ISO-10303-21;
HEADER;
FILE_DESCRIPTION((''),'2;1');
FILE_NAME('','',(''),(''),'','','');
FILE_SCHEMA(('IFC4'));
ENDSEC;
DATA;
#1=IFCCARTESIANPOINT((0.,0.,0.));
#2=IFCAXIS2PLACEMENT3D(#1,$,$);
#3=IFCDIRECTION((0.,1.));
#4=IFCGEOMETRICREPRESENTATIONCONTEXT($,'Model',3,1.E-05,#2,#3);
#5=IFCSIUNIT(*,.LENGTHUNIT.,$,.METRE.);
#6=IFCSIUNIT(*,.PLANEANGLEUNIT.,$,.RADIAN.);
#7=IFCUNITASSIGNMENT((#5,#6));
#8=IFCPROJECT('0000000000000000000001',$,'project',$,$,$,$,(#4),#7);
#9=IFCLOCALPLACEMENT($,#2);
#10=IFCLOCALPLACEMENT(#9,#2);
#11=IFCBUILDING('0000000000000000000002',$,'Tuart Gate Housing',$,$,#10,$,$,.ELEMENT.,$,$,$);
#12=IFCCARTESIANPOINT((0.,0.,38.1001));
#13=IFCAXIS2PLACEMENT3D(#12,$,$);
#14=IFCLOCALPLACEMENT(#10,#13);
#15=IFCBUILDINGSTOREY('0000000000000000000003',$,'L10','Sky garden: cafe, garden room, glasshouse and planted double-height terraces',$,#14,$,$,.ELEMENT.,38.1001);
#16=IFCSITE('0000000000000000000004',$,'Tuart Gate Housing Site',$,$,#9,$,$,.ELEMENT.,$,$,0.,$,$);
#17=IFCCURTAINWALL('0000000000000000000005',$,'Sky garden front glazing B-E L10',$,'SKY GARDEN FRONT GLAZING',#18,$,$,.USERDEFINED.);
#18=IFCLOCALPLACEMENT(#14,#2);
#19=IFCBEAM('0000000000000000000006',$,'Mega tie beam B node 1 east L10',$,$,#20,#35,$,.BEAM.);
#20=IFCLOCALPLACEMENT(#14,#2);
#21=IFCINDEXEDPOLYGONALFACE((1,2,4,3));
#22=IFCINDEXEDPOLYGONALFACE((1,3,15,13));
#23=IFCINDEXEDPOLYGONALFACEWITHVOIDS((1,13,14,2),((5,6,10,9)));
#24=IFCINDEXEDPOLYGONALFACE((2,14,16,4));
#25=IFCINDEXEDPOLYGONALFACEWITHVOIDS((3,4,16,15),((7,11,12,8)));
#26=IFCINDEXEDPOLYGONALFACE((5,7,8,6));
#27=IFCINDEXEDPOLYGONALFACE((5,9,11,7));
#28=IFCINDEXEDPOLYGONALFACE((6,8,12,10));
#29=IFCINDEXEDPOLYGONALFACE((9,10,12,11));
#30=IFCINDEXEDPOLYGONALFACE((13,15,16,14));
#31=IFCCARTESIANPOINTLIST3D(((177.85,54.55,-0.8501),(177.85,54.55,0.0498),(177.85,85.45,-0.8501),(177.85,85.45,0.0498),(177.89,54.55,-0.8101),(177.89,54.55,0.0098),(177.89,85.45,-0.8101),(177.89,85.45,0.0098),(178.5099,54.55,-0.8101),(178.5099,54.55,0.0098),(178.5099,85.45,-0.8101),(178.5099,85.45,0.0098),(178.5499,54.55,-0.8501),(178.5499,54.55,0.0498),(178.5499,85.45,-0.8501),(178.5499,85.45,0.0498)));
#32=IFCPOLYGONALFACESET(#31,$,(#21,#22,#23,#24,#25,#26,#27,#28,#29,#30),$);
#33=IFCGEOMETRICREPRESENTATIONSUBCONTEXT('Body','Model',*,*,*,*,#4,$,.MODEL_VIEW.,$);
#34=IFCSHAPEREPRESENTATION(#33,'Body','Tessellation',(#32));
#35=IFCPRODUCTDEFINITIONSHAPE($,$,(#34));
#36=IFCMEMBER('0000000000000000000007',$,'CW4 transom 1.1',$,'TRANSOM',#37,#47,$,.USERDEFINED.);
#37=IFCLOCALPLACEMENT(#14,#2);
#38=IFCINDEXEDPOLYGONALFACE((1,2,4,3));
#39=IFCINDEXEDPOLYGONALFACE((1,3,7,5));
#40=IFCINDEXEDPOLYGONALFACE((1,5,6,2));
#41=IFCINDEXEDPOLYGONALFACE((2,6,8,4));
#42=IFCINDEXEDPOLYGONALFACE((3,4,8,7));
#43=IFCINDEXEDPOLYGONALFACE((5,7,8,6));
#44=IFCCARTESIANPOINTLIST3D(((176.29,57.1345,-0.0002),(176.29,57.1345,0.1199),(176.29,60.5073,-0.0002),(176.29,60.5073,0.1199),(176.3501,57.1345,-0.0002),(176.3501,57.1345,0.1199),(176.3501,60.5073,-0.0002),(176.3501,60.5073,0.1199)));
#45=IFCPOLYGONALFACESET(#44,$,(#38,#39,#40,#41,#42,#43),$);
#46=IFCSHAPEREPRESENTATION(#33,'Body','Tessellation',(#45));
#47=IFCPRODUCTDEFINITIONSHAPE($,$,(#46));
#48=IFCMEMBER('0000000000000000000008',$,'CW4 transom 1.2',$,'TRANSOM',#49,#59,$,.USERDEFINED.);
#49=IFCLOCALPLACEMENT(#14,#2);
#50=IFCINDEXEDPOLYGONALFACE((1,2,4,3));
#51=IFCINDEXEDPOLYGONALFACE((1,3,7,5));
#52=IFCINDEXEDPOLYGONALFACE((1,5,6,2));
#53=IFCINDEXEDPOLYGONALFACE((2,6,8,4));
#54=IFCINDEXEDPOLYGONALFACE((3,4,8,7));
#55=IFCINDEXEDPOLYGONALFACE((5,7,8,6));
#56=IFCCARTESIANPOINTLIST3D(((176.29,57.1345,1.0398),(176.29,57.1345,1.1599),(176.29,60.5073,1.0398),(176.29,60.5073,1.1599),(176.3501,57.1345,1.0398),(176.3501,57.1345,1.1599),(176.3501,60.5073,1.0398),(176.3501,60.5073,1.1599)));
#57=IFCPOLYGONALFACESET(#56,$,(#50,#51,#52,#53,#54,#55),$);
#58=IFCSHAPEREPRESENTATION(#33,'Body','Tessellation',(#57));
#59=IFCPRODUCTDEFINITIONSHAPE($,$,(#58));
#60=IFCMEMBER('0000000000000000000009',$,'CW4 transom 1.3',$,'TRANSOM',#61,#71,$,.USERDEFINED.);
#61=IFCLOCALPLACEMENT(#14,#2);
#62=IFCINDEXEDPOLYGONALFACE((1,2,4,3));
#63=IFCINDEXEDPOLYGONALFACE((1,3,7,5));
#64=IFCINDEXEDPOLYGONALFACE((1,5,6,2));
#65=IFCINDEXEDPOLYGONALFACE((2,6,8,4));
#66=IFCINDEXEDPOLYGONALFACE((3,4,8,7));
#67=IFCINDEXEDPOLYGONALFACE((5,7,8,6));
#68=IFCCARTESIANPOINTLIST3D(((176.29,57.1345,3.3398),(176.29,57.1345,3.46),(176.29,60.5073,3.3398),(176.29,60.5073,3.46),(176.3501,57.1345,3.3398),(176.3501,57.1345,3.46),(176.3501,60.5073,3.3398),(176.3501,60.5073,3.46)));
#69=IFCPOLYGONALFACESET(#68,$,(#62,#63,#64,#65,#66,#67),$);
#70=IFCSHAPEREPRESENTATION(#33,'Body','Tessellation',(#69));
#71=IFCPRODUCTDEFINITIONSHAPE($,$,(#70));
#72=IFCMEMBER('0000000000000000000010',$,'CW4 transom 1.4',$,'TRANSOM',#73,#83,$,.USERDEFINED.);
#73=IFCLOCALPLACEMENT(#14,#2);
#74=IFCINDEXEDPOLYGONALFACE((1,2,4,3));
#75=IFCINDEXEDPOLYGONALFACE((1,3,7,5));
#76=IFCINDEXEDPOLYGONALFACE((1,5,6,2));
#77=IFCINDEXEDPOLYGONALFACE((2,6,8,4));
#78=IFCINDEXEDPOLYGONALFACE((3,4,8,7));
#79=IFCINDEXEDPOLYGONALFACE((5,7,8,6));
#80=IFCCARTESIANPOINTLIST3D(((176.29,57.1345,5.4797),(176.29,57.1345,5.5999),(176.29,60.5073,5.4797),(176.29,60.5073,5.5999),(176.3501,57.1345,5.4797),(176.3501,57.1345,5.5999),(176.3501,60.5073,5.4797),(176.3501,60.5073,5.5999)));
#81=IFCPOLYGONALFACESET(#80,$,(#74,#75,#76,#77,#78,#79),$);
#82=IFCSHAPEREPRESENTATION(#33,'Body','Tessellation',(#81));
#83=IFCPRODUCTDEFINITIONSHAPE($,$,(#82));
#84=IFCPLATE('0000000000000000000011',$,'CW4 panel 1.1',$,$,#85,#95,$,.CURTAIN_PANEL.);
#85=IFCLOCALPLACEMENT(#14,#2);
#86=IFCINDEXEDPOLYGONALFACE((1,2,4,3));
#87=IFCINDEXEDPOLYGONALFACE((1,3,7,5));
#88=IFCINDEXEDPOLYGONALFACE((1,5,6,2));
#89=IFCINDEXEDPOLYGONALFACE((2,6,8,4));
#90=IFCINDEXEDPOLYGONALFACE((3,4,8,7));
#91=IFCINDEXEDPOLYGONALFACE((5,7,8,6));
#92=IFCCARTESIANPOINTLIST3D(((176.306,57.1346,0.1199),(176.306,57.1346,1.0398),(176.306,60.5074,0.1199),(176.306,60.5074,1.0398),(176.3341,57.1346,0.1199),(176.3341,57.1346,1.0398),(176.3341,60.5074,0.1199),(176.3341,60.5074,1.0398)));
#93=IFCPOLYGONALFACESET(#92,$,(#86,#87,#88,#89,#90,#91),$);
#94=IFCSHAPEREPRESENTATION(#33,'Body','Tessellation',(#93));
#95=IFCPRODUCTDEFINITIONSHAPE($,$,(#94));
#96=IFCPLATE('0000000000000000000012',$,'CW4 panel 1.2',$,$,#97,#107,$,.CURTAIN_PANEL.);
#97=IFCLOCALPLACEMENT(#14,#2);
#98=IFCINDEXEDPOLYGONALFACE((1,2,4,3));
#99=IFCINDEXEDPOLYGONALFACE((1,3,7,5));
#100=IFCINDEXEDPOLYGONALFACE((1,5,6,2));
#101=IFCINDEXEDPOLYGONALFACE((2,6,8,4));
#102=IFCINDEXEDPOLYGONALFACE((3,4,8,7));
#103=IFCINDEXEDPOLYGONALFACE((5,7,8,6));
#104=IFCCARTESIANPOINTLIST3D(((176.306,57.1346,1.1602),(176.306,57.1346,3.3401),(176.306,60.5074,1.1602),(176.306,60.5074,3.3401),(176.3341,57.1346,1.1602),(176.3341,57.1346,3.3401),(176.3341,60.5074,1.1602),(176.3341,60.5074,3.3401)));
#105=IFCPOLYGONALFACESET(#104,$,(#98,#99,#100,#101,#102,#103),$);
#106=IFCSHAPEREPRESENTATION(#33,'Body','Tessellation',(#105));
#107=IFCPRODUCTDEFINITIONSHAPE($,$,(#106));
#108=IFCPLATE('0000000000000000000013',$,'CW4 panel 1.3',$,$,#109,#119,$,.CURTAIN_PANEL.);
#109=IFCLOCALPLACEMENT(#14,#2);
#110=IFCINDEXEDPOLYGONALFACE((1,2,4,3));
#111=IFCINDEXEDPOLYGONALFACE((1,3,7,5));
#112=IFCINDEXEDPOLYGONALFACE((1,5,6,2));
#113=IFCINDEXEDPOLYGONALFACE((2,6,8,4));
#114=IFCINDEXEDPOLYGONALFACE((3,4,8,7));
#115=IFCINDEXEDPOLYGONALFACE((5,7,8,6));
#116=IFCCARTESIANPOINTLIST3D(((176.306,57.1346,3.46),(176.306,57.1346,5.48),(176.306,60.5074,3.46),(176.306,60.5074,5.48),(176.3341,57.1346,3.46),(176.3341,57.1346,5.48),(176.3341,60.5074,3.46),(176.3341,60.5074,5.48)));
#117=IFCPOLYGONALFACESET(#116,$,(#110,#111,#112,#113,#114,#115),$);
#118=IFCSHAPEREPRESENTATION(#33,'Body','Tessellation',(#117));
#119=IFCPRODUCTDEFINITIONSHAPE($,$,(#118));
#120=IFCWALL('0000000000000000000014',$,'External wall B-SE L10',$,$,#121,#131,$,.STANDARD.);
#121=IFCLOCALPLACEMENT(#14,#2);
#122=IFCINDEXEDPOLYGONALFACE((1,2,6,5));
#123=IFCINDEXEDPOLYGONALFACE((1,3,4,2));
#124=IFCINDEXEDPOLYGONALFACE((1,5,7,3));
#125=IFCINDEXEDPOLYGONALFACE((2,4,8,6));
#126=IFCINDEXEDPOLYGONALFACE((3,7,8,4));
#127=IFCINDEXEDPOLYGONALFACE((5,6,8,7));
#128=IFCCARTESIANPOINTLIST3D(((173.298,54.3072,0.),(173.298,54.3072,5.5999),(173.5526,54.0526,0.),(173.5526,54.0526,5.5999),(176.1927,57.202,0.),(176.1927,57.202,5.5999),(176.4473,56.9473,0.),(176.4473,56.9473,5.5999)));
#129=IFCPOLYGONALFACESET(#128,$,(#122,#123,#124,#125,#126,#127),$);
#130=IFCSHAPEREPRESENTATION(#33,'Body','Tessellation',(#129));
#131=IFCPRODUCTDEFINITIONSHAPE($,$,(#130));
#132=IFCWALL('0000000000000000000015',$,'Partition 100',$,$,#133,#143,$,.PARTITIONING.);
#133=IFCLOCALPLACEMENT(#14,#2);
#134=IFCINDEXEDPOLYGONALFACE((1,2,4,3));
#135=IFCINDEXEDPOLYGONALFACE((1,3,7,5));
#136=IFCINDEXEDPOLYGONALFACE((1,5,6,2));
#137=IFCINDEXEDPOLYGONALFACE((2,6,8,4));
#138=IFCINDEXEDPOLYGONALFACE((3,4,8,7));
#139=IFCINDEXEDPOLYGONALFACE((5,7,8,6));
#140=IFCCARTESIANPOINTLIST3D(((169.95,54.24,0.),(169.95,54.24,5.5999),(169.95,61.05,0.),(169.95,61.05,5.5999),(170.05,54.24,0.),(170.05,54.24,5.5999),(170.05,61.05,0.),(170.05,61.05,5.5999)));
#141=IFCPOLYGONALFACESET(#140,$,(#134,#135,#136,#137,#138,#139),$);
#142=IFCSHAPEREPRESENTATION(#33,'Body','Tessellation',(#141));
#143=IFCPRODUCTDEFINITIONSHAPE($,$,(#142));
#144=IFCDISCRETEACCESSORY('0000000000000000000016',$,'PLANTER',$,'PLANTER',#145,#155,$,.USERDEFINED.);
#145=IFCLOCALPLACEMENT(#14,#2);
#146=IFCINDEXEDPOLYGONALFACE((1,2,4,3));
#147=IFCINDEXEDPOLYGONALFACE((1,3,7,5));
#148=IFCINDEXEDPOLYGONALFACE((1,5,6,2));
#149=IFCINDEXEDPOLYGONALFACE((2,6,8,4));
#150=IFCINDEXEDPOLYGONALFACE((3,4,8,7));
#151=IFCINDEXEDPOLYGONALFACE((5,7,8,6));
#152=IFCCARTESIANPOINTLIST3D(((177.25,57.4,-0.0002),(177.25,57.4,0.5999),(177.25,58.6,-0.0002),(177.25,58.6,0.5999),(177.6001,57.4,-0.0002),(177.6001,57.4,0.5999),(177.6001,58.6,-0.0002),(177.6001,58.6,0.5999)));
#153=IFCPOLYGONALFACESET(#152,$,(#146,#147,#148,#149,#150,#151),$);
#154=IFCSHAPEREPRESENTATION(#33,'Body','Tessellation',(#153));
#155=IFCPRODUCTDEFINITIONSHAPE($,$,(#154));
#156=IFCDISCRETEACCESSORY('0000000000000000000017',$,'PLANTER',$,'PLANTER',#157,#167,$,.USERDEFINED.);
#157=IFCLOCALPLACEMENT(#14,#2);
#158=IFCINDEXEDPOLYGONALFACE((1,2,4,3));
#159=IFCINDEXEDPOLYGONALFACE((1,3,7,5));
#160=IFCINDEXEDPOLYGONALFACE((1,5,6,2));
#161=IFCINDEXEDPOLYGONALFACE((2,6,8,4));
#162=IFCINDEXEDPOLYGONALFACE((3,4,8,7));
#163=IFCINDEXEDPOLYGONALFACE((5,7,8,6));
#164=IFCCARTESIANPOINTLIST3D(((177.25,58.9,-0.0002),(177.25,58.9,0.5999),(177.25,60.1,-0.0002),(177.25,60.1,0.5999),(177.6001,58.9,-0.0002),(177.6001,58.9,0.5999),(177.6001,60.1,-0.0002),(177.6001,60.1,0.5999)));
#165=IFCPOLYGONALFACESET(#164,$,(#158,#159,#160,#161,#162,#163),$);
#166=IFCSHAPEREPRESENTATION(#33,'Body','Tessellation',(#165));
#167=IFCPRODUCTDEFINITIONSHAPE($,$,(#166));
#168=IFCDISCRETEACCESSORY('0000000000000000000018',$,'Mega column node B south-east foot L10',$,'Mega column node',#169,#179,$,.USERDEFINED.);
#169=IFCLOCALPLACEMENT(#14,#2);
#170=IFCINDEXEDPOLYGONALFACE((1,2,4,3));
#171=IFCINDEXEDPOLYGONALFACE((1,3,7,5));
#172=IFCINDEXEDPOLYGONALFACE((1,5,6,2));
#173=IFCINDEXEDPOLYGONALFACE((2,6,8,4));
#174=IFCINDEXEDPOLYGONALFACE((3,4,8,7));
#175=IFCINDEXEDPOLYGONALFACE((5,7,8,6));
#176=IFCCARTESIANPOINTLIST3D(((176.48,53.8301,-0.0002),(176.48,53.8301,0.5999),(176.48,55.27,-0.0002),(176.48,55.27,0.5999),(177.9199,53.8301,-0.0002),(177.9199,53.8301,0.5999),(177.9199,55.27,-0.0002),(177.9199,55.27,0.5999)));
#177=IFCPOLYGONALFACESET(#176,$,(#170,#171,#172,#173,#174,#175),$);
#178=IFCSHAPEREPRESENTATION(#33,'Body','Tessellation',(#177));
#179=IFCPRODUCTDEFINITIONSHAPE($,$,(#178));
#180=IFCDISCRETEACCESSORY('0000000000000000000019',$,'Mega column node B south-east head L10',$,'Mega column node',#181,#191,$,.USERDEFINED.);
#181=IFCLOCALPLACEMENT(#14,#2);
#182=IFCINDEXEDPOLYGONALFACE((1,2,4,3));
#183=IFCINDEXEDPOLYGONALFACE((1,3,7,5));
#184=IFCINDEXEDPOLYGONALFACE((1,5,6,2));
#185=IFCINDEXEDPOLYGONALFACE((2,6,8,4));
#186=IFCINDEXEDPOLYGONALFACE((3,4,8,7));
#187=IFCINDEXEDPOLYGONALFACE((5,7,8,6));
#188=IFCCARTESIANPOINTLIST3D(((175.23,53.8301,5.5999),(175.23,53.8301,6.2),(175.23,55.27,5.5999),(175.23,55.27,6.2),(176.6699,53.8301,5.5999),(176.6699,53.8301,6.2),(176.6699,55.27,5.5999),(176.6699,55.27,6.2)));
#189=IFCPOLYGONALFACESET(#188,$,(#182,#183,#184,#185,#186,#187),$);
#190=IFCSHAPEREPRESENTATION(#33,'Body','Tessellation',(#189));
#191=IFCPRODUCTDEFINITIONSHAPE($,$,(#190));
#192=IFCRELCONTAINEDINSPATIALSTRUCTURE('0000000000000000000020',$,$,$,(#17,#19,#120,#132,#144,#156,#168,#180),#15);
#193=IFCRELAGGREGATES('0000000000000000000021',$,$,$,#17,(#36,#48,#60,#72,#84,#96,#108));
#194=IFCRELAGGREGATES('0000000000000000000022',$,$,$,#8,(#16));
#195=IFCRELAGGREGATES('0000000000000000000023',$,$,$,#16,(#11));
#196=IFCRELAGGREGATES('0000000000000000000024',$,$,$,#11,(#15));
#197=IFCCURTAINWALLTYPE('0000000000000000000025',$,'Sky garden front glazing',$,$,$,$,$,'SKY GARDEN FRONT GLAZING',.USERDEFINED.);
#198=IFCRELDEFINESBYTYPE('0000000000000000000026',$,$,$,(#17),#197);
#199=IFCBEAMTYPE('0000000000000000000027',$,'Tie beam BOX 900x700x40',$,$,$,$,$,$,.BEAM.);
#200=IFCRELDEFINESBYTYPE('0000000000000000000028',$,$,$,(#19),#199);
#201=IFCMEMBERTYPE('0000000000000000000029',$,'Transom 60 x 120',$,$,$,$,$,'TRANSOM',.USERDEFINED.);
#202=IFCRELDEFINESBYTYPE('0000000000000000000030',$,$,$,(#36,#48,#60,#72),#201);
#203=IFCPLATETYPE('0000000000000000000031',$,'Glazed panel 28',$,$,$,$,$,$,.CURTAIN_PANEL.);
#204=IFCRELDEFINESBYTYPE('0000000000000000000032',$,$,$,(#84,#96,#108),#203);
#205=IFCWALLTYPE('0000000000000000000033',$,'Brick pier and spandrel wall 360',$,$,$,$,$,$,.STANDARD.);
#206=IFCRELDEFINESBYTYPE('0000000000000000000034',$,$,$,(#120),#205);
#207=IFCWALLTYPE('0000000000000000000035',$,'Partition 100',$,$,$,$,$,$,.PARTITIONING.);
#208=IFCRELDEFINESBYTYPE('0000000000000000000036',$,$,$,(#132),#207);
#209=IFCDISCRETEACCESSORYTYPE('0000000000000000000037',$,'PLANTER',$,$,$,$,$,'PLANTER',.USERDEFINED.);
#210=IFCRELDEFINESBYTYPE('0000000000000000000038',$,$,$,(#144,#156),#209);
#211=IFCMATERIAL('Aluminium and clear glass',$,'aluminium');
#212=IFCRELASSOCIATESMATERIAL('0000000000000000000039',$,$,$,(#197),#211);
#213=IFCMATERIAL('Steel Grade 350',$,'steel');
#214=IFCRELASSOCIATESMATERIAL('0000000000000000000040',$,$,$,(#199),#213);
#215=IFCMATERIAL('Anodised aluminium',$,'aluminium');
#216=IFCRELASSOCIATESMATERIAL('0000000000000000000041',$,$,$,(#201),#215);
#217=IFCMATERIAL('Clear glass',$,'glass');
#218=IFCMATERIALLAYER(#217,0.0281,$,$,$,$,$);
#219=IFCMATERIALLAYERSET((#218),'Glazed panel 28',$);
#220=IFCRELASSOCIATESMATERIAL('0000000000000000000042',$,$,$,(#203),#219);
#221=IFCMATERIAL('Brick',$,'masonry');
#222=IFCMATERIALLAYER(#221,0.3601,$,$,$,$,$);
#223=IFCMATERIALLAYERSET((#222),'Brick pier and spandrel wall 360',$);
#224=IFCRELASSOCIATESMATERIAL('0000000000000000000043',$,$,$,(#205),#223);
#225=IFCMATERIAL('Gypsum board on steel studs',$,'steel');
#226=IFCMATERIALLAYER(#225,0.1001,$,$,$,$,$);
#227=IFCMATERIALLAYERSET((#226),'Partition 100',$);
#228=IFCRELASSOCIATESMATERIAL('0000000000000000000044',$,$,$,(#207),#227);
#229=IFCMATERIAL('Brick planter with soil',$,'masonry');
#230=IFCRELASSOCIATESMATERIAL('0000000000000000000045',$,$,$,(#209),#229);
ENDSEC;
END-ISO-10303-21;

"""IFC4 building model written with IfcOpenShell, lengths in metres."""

from ifc_helpers import new_model, si_unit, direction, frame, frame_2d, origin, origin_2d, place, context, subcontext, project, spatial, rectangle, hollow_rectangle, extrude, material, layer, layer_set, material_profile, profile_set, type_object, element, aggregate, save


model = new_model("IFC4")

# Units and contexts
model_context = context("Model", 3, precision=1e-05, world=origin(), true_north=direction((0.0, 1.0)))
body_context = subcontext(model_context, "Body", "Model", "MODEL_VIEW")
ifc_project = project(units=[si_unit("LENGTHUNIT", "METRE"), si_unit("PLANEANGLEUNIT", "RADIAN")], contexts=[model_context])

# Site, building, storey
site_placement = place(None, origin())
site = spatial("IfcSite", under=ifc_project, at=site_placement, Name="Tuart Gate Housing Site", CompositionType="ELEMENT", RefElevation=0.0)
building_placement = place(site_placement, origin())
building = spatial("IfcBuilding", under=site, at=building_placement, Name="Tuart Gate Housing", CompositionType="ELEMENT")
storey_placement = place(building_placement, frame((0.0, 0.0, 38.1001)))
storey = spatial("IfcBuildingStorey", under=building, at=storey_placement, Name="L10", Description="Sky garden: cafe, garden room, glasshouse and planted double-height terraces", CompositionType="ELEMENT", Elevation=38.1001)

# Curtain wall
ifc_material_1 = material(Name="Aluminium and clear glass", Category="aluminium")
curtain_wall_type = type_object("IfcCurtainWallType", Name="Sky garden front glazing", ElementType="SKY GARDEN FRONT GLAZING", PredefinedType="USERDEFINED", material=ifc_material_1)
curtain_wall_placement = place(storey_placement, origin())
curtain_wall = element("IfcCurtainWall", 1, at=curtain_wall_placement, inside=storey, type_object=curtain_wall_type, Name="Sky garden front glazing B-E L10", ObjectType="SKY GARDEN FRONT GLAZING", PredefinedType="USERDEFINED")

# Beam
ifc_material_2 = material(Name="Steel Grade 350", Category="steel")
ifc_material_profile_1 = material_profile(ifc_material_2, hollow_rectangle(XDim=0.7, YDim=0.8999, WallThickness=0.04, at=origin_2d()), Name="BOX 900x700x40")
ifc_profile_set_1 = profile_set([ifc_material_profile_1], Name="Steel Grade 350")
beam_type_1 = type_object("IfcBeamType", Name="Tie beam BOX 900x700x40", PredefinedType="BEAM", material=ifc_profile_set_1)
beam_placement = place(storey_placement, frame((178.2, 54.55, -0.4001), z_axis=(0.0, 1.0, 0.0), x_axis=(-1.0, 0.0, 0.0)))
element("IfcBeam", 2, at=beam_placement, inside=storey, type_object=beam_type_1, Name="Mega tie beam B node 1 east L10", PredefinedType="BEAM", context=body_context, shape_type="SweptSolid", body=[
    extrude(hollow_rectangle(XDim=0.7, YDim=0.8999, WallThickness=0.04, at=origin_2d()), origin(), (0.0, 0.0, 1.0), 30.8999),
])

# Members
ifc_material_3 = material(Name="Anodised aluminium", Category="aluminium")
ifc_material_profile_2 = material_profile(ifc_material_3, rectangle(XDim=0.0601, YDim=0.1201, at=origin_2d()), Name="60x120")
ifc_profile_set_2 = profile_set([ifc_material_profile_2], Name="Anodised aluminium")
member_type_1 = type_object("IfcMemberType", Name="Transom 60 x 120", ElementType="TRANSOM", PredefinedType="USERDEFINED", material=ifc_profile_set_2)
member_1_placement = place(storey_placement, frame((176.3201, 57.1345, 0.0598), z_axis=(0.0, 1.0, 0.0), x_axis=(-1.0, 0.0, 0.0)))
member_1 = element("IfcMember", 3, at=member_1_placement, type_object=member_type_1, Name="CW4 transom 1.1", ObjectType="TRANSOM", PredefinedType="USERDEFINED", context=body_context, shape_type="SweptSolid", body=[
    extrude(rectangle(XDim=0.0601, YDim=0.1201, at=origin_2d()), origin(), (0.0, 0.0, 1.0), 3.3728),
])
member_2_placement = place(storey_placement, frame((176.3201, 57.1345, 1.0999), z_axis=(0.0, 1.0, 0.0), x_axis=(-1.0, 0.0, 0.0)))
member_2 = element("IfcMember", 4, at=member_2_placement, type_object=member_type_1, Name="CW4 transom 1.2", ObjectType="TRANSOM", PredefinedType="USERDEFINED", context=body_context, shape_type="SweptSolid", body=[
    extrude(rectangle(XDim=0.0601, YDim=0.1201, at=origin_2d()), origin(), (0.0, 0.0, 1.0), 3.3728),
])
member_3_placement = place(storey_placement, frame((176.3201, 57.1345, 3.3999), z_axis=(0.0, 1.0, 0.0), x_axis=(-1.0, 0.0, 0.0)))
member_3 = element("IfcMember", 5, at=member_3_placement, type_object=member_type_1, Name="CW4 transom 1.3", ObjectType="TRANSOM", PredefinedType="USERDEFINED", context=body_context, shape_type="SweptSolid", body=[
    extrude(rectangle(XDim=0.0601, YDim=0.1201, at=origin_2d()), origin(), (0.0, 0.0, 1.0), 3.3728),
])
member_4_placement = place(storey_placement, frame((176.3201, 57.1345, 5.5398), z_axis=(0.0, 1.0, 0.0), x_axis=(-1.0, 0.0, 0.0)))
member_4 = element("IfcMember", 6, at=member_4_placement, type_object=member_type_1, Name="CW4 transom 1.4", ObjectType="TRANSOM", PredefinedType="USERDEFINED", context=body_context, shape_type="SweptSolid", body=[
    extrude(rectangle(XDim=0.0601, YDim=0.1201, at=origin_2d()), origin(), (0.0, 0.0, 1.0), 3.3728),
])

# Plates
ifc_material_4 = material(Name="Clear glass", Category="glass")
ifc_layer_1 = layer(ifc_material_4, 0.0281)
ifc_layer_set_1 = layer_set([ifc_layer_1], Name="Glazed panel 28")
plate_type = type_object("IfcPlateType", Name="Glazed panel 28", PredefinedType="CURTAIN_PANEL", material=ifc_layer_set_1)
plate_1_placement = place(storey_placement, frame((176.3201, 58.821, 0.1199), z_axis=(0.0, 0.0, 1.0), x_axis=(0.0, 1.0, 0.0)))
plate_1 = element("IfcPlate", 7, at=plate_1_placement, type_object=plate_type, Name="CW4 panel 1.1", PredefinedType="CURTAIN_PANEL", context=body_context, shape_type="SweptSolid", body=[
    extrude(rectangle(XDim=3.3728, YDim=0.0281, at=origin_2d()), origin(), (0.0, 0.0, 1.0), 0.9199),
])
plate_2_placement = place(storey_placement, frame((176.3201, 58.821, 1.1602), z_axis=(0.0, 0.0, 1.0), x_axis=(0.0, 1.0, 0.0)))
plate_2 = element("IfcPlate", 8, at=plate_2_placement, type_object=plate_type, Name="CW4 panel 1.2", PredefinedType="CURTAIN_PANEL", context=body_context, shape_type="SweptSolid", body=[
    extrude(rectangle(XDim=3.3728, YDim=0.0281, at=origin_2d()), origin(), (0.0, 0.0, 1.0), 2.1799),
])
plate_3_placement = place(storey_placement, frame((176.3201, 58.821, 3.46), z_axis=(0.0, 0.0, 1.0), x_axis=(0.0, 1.0, 0.0)))
plate_3 = element("IfcPlate", 9, at=plate_3_placement, type_object=plate_type, Name="CW4 panel 1.3", PredefinedType="CURTAIN_PANEL", context=body_context, shape_type="SweptSolid", body=[
    extrude(rectangle(XDim=3.3728, YDim=0.0281, at=origin_2d()), origin(), (0.0, 0.0, 1.0), 2.02),
])
aggregate(curtain_wall, [member_1, member_2, member_3, member_4, plate_1, plate_2, plate_3])

# Walls
ifc_material_5 = material(Name="Brick", Category="masonry")
ifc_layer_2 = layer(ifc_material_5, 0.3601)
ifc_layer_set_2 = layer_set([ifc_layer_2], Name="Brick pier and spandrel wall 360")
wall_type_1 = type_object("IfcWallType", Name="Brick pier and spandrel wall 360", PredefinedType="STANDARD", material=ifc_layer_set_2)
wall_1_placement = place(storey_placement, frame((173.4253, 54.1799, 0.0), z_axis=(0.0, 0.0, 1.0), x_axis=(0.707107, 0.707107, 0.0)))
element("IfcWall", 10, at=wall_1_placement, inside=storey, type_object=wall_type_1, Name="External wall B-SE L10", PredefinedType="STANDARD", context=body_context, shape_type="SweptSolid", body=[
    extrude(rectangle(XDim=4.0938, YDim=0.3601, at=frame_2d((2.0469, 0.0))), origin(), (0.0, 0.0, 1.0), 5.5999),
])
ifc_material_6 = material(Name="Gypsum board on steel studs", Category="steel")
ifc_layer_3 = layer(ifc_material_6, 0.1001)
ifc_layer_set_3 = layer_set([ifc_layer_3], Name="Partition 100")
wall_type_2 = type_object("IfcWallType", Name="Partition 100", PredefinedType="PARTITIONING", material=ifc_layer_set_3)
wall_2_placement = place(storey_placement, frame((170.0, 54.24, 0.0), z_axis=(0.0, 0.0, 1.0), x_axis=(0.0, 1.0, 0.0)))
element("IfcWall", 11, at=wall_2_placement, inside=storey, type_object=wall_type_2, Name="Partition 100", PredefinedType="PARTITIONING", context=body_context, shape_type="SweptSolid", body=[
    extrude(rectangle(XDim=6.8101, YDim=0.1001, at=frame_2d((3.405, 0.0))), origin(), (0.0, 0.0, 1.0), 5.5999),
])

# Discrete accessories
ifc_material_7 = material(Name="Brick planter with soil", Category="masonry")
discrete_accessory_type = type_object("IfcDiscreteAccessoryType", Name="PLANTER", ElementType="PLANTER", PredefinedType="USERDEFINED", material=ifc_material_7)
for number, where, z_axis, x_axis, name in (
    (12, (177.425, 58.0, -0.0002), (0.0, 0.0, 1.0), (1.0, 0.0, 0.0), "PLANTER"),
    (13, (177.425, 59.5, -0.0002), (0.0, 0.0, 1.0), (1.0, 0.0, 0.0), "PLANTER"),
):
    element("IfcDiscreteAccessory", number, at=place(storey_placement, frame(where, z_axis=z_axis, x_axis=x_axis)), inside=storey, type_object=discrete_accessory_type, Name=name, ObjectType="PLANTER", PredefinedType="USERDEFINED", context=body_context, shape_type="SweptSolid", body=[
        extrude(rectangle(XDim=0.3501, YDim=1.2, at=origin_2d()), origin(), (0.0, 0.0, 1.0), 0.6001),
    ])
for number, where, z_axis, x_axis, name in (
    (14, (177.2, 54.55, -0.0002), (0.0, 0.0, 1.0), (1.0, 0.0, 0.0), "Mega column node B south-east foot L10"),
    (15, (175.95, 54.55, 5.5999), (0.0, 0.0, 1.0), (1.0, 0.0, 0.0), "Mega column node B south-east head L10"),
):
    element("IfcDiscreteAccessory", number, at=place(storey_placement, frame(where, z_axis=z_axis, x_axis=x_axis)), inside=storey, Name=name, ObjectType="Mega column node", PredefinedType="USERDEFINED", context=body_context, shape_type="SweptSolid", body=[
        extrude(rectangle(XDim=1.4399, YDim=1.4399, at=origin_2d()), origin(), (0.0, 0.0, 1.0), 0.6001),
    ])

save(model, "model.ifc")
